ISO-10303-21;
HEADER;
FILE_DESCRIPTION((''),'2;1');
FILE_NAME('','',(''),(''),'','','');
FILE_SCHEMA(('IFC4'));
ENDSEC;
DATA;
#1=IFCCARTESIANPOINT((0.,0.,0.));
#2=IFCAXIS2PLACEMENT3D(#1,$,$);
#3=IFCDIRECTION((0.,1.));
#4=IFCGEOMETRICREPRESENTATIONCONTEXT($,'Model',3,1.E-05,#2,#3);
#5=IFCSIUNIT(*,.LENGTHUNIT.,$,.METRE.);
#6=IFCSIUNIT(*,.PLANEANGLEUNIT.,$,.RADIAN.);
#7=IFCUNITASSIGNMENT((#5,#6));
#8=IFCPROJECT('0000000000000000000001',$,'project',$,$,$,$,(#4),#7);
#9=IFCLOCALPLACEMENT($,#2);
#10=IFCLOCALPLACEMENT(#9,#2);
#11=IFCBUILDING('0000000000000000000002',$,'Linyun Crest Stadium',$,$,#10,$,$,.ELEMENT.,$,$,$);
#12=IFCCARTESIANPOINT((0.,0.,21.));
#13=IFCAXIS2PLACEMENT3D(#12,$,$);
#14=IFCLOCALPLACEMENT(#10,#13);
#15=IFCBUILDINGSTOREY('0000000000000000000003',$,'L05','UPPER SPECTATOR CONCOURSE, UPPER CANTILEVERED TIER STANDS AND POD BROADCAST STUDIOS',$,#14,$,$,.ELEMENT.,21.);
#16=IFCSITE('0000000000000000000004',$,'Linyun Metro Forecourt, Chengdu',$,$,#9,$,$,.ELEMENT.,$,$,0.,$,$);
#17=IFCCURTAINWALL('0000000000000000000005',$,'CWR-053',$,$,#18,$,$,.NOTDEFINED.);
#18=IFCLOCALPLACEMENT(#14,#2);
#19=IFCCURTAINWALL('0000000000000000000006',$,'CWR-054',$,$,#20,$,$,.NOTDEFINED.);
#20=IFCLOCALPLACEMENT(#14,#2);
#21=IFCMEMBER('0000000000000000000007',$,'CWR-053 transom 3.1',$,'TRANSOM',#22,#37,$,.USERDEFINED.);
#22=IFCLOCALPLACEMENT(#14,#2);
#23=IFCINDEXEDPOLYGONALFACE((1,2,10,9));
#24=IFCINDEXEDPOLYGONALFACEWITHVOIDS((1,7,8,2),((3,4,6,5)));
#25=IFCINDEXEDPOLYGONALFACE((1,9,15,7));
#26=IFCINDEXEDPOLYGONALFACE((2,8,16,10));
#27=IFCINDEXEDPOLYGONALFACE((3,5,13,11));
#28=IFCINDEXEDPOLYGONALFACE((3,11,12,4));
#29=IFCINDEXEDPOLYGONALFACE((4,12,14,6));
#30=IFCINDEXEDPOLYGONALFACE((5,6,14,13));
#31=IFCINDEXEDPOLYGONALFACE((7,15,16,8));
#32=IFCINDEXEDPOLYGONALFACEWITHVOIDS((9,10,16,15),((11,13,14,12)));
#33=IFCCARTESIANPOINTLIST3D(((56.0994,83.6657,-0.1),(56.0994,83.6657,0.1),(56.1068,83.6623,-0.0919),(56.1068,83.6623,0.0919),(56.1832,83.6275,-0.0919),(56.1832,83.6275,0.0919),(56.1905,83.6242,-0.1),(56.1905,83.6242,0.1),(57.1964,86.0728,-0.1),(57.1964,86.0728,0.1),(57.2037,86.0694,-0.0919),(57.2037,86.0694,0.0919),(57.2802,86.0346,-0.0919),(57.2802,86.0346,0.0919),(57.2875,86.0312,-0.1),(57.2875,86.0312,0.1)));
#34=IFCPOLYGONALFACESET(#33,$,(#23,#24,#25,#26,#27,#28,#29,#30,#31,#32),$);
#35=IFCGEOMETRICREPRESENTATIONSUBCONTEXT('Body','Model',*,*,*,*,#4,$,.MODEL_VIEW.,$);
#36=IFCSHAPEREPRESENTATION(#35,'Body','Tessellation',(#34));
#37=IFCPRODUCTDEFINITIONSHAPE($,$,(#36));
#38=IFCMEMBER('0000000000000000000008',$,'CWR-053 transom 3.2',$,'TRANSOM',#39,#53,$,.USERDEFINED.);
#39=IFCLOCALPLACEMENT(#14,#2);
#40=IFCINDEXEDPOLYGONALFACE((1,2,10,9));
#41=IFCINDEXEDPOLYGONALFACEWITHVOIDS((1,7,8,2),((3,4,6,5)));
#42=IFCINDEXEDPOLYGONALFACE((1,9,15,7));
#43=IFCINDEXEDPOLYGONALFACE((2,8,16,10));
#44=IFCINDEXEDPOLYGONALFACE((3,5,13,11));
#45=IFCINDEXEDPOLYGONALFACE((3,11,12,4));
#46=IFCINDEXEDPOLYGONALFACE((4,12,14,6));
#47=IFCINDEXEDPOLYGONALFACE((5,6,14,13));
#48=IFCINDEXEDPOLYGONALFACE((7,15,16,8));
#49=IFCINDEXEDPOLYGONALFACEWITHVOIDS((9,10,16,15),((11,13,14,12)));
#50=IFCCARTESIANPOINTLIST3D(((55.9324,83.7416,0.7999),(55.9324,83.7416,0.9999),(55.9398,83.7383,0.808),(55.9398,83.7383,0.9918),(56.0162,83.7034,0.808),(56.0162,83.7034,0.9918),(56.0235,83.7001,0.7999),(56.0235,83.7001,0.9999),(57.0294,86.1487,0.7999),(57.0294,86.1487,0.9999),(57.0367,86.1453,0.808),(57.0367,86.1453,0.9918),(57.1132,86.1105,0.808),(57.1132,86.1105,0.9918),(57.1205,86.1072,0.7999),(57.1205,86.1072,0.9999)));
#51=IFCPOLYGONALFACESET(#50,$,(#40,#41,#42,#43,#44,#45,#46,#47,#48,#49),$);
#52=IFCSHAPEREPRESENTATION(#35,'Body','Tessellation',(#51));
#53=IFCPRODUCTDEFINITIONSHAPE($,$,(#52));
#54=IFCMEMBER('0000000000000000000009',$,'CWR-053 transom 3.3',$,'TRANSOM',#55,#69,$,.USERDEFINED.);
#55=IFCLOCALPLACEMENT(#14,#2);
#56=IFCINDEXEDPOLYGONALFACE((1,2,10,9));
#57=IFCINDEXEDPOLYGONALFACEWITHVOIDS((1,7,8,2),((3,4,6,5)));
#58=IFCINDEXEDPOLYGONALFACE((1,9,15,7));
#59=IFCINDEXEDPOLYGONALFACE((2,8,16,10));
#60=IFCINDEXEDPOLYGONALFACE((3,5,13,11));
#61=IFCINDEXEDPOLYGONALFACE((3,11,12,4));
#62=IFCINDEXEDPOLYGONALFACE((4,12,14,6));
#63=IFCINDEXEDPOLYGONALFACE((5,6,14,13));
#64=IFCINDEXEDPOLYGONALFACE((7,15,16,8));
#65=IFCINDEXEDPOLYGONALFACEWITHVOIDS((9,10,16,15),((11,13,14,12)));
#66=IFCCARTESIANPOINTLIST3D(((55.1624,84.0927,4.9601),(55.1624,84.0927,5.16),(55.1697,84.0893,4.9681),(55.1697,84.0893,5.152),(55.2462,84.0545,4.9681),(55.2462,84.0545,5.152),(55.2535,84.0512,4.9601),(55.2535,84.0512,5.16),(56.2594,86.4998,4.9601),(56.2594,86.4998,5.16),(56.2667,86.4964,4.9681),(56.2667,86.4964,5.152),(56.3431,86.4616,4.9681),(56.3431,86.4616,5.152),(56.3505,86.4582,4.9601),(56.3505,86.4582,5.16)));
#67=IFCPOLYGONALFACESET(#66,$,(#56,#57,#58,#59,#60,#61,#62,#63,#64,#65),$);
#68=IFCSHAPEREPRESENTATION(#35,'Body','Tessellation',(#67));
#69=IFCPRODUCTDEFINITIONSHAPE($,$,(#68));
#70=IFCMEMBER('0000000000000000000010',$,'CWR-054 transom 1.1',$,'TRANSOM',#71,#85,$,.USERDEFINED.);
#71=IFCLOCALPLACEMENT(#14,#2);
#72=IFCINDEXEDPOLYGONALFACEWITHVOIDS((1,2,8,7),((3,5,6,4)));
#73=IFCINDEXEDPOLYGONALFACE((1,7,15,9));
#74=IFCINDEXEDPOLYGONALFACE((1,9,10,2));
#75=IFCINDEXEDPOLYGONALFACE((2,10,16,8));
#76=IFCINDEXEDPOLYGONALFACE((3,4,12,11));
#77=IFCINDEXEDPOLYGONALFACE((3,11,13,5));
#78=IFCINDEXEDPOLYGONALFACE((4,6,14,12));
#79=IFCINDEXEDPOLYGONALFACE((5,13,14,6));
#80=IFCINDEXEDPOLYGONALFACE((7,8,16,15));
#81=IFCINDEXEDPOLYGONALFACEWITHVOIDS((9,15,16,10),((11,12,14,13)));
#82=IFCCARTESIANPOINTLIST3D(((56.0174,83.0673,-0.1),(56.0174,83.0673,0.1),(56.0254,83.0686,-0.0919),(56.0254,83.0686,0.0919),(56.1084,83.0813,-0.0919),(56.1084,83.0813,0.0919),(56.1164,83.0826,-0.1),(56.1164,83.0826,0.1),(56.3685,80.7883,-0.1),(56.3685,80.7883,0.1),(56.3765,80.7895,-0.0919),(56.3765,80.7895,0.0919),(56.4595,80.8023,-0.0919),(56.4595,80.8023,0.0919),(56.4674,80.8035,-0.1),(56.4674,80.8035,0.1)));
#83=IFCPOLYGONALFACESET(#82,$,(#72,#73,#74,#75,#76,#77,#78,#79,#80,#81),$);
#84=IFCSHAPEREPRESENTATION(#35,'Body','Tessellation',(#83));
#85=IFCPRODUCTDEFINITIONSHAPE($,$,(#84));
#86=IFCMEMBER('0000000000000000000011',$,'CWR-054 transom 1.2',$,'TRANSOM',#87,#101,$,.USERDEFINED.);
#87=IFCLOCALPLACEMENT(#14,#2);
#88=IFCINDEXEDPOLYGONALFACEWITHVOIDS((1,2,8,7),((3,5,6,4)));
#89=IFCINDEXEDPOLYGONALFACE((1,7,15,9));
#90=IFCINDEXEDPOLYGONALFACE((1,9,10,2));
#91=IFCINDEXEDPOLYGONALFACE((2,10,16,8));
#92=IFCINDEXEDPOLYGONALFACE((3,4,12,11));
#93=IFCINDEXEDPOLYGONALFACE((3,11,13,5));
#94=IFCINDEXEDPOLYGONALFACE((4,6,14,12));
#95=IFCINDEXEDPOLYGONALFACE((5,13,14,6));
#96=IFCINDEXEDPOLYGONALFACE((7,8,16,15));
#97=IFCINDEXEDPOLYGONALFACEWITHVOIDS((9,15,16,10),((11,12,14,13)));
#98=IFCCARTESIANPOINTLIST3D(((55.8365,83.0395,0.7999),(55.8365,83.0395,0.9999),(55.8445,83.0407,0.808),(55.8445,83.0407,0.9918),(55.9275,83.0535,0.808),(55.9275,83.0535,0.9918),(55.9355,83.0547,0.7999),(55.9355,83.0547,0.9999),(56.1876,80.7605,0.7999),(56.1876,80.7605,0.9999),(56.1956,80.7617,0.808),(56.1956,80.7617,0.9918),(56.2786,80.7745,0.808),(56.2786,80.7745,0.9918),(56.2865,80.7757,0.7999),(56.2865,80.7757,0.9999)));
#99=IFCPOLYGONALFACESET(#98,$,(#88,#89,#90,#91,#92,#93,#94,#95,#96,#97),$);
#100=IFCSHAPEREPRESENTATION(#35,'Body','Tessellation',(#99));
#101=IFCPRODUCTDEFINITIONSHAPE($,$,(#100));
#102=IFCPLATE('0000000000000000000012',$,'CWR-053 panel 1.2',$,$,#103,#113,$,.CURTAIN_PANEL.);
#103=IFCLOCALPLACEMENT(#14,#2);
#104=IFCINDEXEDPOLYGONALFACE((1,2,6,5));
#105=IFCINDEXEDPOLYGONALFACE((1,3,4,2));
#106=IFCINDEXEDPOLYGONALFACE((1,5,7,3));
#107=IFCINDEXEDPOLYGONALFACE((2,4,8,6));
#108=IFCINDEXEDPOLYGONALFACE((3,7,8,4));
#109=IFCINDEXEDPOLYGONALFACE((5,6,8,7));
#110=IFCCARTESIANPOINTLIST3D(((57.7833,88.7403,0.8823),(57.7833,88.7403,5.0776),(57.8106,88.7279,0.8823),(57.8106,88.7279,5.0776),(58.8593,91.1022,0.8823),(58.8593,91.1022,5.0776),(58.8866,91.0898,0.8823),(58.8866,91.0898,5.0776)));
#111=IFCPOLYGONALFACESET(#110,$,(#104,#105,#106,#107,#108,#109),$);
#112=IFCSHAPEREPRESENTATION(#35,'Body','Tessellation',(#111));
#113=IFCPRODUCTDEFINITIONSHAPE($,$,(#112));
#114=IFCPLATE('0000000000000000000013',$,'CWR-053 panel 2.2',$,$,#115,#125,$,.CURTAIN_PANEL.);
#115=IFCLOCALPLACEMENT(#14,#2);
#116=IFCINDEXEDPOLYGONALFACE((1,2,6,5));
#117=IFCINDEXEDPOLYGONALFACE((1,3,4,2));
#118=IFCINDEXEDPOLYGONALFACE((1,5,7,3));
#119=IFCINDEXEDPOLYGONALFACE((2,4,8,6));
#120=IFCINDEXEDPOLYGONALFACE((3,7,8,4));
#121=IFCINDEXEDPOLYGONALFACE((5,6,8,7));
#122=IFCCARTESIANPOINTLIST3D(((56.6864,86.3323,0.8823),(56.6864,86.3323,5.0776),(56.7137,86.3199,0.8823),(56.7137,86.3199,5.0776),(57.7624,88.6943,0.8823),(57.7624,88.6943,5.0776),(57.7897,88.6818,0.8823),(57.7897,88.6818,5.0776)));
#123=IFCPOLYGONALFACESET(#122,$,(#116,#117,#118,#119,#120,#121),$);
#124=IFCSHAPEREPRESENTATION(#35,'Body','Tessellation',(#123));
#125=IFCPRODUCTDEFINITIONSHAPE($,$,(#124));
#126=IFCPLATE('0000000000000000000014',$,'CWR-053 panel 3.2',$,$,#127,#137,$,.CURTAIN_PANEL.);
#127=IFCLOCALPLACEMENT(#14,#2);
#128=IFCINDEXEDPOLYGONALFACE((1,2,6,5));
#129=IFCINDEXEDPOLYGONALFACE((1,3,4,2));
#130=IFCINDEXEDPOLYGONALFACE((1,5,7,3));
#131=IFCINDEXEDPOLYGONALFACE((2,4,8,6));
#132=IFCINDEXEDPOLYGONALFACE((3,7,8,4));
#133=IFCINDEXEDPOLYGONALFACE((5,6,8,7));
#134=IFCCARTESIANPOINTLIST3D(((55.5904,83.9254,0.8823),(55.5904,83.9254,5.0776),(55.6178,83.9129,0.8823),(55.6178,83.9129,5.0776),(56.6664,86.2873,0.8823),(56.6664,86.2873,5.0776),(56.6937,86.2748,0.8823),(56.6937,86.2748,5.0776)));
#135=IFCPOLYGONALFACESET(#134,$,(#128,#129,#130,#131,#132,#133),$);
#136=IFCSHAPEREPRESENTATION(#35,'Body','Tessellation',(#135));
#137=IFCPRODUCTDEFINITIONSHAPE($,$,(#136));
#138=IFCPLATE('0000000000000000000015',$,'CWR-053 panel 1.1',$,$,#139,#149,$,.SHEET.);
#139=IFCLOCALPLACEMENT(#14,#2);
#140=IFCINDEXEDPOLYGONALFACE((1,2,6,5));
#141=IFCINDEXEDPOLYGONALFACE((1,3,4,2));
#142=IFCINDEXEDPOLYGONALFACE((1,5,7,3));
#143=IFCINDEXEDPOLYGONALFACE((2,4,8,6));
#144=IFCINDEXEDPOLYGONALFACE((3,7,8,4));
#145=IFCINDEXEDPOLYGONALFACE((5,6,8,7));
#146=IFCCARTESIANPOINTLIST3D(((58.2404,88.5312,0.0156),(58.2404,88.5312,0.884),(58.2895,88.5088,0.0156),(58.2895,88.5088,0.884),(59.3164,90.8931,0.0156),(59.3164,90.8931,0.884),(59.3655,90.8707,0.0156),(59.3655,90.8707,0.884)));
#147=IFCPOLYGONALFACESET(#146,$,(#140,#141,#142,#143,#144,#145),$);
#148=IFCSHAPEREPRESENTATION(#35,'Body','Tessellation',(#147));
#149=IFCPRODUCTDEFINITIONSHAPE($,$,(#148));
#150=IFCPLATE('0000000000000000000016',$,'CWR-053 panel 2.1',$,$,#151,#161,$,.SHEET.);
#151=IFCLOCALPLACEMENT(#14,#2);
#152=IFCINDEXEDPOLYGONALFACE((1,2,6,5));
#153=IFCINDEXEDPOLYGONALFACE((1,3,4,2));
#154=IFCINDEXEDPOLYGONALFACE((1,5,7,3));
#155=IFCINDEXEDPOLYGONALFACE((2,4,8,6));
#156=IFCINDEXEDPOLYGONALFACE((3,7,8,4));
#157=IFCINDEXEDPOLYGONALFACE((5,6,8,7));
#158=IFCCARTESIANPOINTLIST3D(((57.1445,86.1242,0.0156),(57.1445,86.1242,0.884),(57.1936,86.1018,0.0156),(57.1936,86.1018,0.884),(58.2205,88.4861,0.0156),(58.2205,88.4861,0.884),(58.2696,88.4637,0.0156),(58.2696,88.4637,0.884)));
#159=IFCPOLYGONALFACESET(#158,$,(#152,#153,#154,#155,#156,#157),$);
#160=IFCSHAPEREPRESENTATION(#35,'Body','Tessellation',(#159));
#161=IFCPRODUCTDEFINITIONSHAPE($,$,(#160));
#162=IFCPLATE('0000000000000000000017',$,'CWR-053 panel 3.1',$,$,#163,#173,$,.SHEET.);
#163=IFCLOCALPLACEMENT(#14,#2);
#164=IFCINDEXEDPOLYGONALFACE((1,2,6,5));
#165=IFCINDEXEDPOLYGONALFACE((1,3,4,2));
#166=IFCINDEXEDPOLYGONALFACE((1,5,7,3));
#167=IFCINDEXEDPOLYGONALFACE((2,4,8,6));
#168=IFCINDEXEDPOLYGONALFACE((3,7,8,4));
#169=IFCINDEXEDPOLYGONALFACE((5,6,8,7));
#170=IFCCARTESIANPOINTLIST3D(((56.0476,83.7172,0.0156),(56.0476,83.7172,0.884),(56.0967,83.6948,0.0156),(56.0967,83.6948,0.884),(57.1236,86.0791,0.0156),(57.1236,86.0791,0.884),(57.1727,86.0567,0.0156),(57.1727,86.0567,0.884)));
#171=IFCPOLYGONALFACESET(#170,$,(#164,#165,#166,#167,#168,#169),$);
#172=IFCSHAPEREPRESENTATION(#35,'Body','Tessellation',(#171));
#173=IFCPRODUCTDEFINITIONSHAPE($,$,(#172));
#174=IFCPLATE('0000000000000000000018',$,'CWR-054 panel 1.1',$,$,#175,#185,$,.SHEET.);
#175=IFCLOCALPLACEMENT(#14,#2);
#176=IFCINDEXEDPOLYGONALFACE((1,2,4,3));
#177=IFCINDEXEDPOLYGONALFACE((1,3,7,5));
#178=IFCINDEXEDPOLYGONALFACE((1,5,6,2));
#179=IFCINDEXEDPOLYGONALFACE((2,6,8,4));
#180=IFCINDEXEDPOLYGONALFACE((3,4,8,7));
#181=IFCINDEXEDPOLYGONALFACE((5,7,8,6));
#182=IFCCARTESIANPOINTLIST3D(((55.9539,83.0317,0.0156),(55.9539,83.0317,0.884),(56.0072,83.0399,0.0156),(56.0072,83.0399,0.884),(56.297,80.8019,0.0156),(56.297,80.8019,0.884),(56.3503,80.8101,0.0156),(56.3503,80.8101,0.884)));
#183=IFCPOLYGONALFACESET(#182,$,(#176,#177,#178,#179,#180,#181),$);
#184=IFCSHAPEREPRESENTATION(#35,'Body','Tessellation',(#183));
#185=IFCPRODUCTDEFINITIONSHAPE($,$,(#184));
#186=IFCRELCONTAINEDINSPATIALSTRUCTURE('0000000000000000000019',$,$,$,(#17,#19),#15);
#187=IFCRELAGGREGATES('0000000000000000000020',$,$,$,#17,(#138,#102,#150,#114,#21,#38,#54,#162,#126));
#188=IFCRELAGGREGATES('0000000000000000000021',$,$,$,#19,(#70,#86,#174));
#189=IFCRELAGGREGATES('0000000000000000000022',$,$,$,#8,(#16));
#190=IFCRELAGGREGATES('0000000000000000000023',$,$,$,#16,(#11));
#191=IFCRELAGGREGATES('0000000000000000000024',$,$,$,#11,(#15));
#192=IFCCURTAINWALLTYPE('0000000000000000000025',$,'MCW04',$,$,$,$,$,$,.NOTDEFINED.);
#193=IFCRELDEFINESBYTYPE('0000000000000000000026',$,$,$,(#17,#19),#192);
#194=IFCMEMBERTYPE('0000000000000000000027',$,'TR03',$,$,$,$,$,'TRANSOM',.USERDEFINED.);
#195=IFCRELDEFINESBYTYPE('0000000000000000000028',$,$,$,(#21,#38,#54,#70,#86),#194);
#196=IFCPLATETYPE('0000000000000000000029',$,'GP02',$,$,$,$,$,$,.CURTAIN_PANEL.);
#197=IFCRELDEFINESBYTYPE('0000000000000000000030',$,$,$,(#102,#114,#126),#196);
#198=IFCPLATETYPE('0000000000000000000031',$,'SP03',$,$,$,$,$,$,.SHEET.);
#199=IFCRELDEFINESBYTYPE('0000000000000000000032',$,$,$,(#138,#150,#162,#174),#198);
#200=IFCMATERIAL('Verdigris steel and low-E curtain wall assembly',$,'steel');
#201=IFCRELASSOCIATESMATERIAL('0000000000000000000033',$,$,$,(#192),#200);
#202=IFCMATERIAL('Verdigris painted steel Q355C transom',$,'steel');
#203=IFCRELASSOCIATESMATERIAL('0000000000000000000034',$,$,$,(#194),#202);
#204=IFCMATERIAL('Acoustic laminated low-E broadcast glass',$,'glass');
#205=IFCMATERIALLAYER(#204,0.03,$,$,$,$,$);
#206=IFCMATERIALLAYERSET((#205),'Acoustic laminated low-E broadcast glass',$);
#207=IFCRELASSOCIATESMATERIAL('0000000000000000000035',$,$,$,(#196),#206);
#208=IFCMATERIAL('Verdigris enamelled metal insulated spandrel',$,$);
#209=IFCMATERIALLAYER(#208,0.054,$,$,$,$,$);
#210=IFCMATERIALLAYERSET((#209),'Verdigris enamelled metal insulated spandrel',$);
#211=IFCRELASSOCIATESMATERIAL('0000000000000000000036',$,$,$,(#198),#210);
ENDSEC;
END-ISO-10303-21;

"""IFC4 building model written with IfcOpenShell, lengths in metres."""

from ifc_helpers import new_model, si_unit, direction, frame, origin, origin_2d, place, context, subcontext, project, spatial, rectangle, hollow_rectangle, extrude, material, layer, layer_set, material_profile, profile_set, type_object, element, aggregate, save


model = new_model("IFC4")

# Units and contexts
model_context = context("Model", 3, precision=1e-05, world=origin(), true_north=direction((0.0, 1.0)))
body_context = subcontext(model_context, "Body", "Model", "MODEL_VIEW")
ifc_project = project(units=[si_unit("LENGTHUNIT", "METRE"), si_unit("PLANEANGLEUNIT", "RADIAN")], contexts=[model_context])

# Site, building, storey
site_placement = place(None, origin())
site = spatial("IfcSite", under=ifc_project, at=site_placement, Name="Linyun Metro Forecourt, Chengdu", CompositionType="ELEMENT", RefElevation=0.0)
building_placement = place(site_placement, origin())
building = spatial("IfcBuilding", under=site, at=building_placement, Name="Linyun Crest Stadium", CompositionType="ELEMENT")
storey_placement = place(building_placement, frame((0.0, 0.0, 21.0)))
storey = spatial("IfcBuildingStorey", under=building, at=storey_placement, Name="L05", Description="UPPER SPECTATOR CONCOURSE, UPPER CANTILEVERED TIER STANDS AND POD BROADCAST STUDIOS", CompositionType="ELEMENT", Elevation=21.0)

# Curtain wall
ifc_material_1 = material(Name="Verdigris steel and low-E curtain wall assembly", Category="steel")
curtain_wall_type = type_object("IfcCurtainWallType", Name="MCW04", PredefinedType="NOTDEFINED", material=ifc_material_1)
curtain_wall_1_placement = place(storey_placement, origin())
curtain_wall_1 = element("IfcCurtainWall", 1, at=curtain_wall_1_placement, inside=storey, type_object=curtain_wall_type, Name="CWR-053", PredefinedType="NOTDEFINED")

# Curtain wall
curtain_wall_2_placement = place(storey_placement, origin())
curtain_wall_2 = element("IfcCurtainWall", 2, at=curtain_wall_2_placement, inside=storey, type_object=curtain_wall_type, Name="CWR-054", PredefinedType="NOTDEFINED")

# Members
ifc_material_2 = material(Name="Verdigris painted steel Q355C transom", Category="steel")
ifc_material_profile_1 = material_profile(ifc_material_2, hollow_rectangle(XDim=0.1001, YDim=0.2, WallThickness=0.0081, at=origin_2d()), Name="RHS 200x100x8")
ifc_profile_set_1 = profile_set([ifc_material_profile_1], Name="Verdigris painted steel Q355C transom")
member_type_1 = type_object("IfcMemberType", Name="TR03", ElementType="TRANSOM", PredefinedType="USERDEFINED", material=ifc_profile_set_1)
member_1_placement = place(storey_placement, frame((57.2419, 86.052, 0.0), z_axis=(-0.414693, -0.909961, 0.0), x_axis=(0.909961, -0.414693, 0.0)))
member_1 = element("IfcMember", 3, at=member_1_placement, type_object=member_type_1, Name="CWR-053 transom 3.1", ObjectType="TRANSOM", PredefinedType="USERDEFINED", context=body_context, shape_type="SweptSolid", body=[
    extrude(hollow_rectangle(XDim=0.1001, YDim=0.2, WallThickness=0.0081, at=origin_2d()), origin(), (0.0, 0.0, 1.0), 2.6453),
])
member_2_placement = place(storey_placement, frame((57.075, 86.1279, 0.8999), z_axis=(-0.414693, -0.909961, 0.0), x_axis=(0.909961, -0.414693, 0.0)))
member_2 = element("IfcMember", 4, at=member_2_placement, type_object=member_type_1, Name="CWR-053 transom 3.2", ObjectType="TRANSOM", PredefinedType="USERDEFINED", context=body_context, shape_type="SweptSolid", body=[
    extrude(hollow_rectangle(XDim=0.1001, YDim=0.2, WallThickness=0.0081, at=origin_2d()), origin(), (0.0, 0.0, 1.0), 2.6453),
])
member_3_placement = place(storey_placement, frame((56.3049, 86.479, 5.0601), z_axis=(-0.414693, -0.909961, 0.0), x_axis=(0.909961, -0.414693, 0.0)))
member_3 = element("IfcMember", 5, at=member_3_placement, type_object=member_type_1, Name="CWR-053 transom 3.3", ObjectType="TRANSOM", PredefinedType="USERDEFINED", context=body_context, shape_type="SweptSolid", body=[
    extrude(hollow_rectangle(XDim=0.1001, YDim=0.2, WallThickness=0.0081, at=origin_2d()), origin(), (0.0, 0.0, 1.0), 2.6453),
])
member_4_placement = place(storey_placement, frame((56.0669, 83.075, 0.0), z_axis=(0.152248, -0.988342, 0.0), x_axis=(0.988342, 0.152248, 0.0)))
member_4 = element("IfcMember", 6, at=member_4_placement, type_object=member_type_1, Name="CWR-054 transom 1.1", ObjectType="TRANSOM", PredefinedType="USERDEFINED", context=body_context, shape_type="SweptSolid", body=[
    extrude(hollow_rectangle(XDim=0.1001, YDim=0.2, WallThickness=0.0081, at=origin_2d()), origin(), (0.0, 0.0, 1.0), 2.3059),
])
member_5_placement = place(storey_placement, frame((55.886, 83.0471, 0.8999), z_axis=(0.152248, -0.988342, 0.0), x_axis=(0.988342, 0.152248, 0.0)))
member_5 = element("IfcMember", 7, at=member_5_placement, type_object=member_type_1, Name="CWR-054 transom 1.2", ObjectType="TRANSOM", PredefinedType="USERDEFINED", context=body_context, shape_type="SweptSolid", body=[
    extrude(hollow_rectangle(XDim=0.1001, YDim=0.2, WallThickness=0.0081, at=origin_2d()), origin(), (0.0, 0.0, 1.0), 2.3059),
])

# Plates
ifc_material_3 = material(Name="Acoustic laminated low-E broadcast glass", Category="glass")
ifc_layer_1 = layer(ifc_material_3, 0.03)
ifc_layer_set_1 = layer_set([ifc_layer_1], Name="Acoustic laminated low-E broadcast glass")
plate_type_1 = type_object("IfcPlateType", Name="GP02", PredefinedType="CURTAIN_PANEL", material=ifc_layer_set_1)
plate_1_placement = place(storey_placement, frame((58.335, 89.915, 0.8823), z_axis=(0.0, 0.0, 1.0), x_axis=(-0.414566, -0.910019, 0.0)))
plate_1 = element("IfcPlate", 8, at=plate_1_placement, type_object=plate_type_1, Name="CWR-053 panel 1.2", PredefinedType="CURTAIN_PANEL", context=body_context, shape_type="SweptSolid", body=[
    extrude(rectangle(XDim=2.5955, YDim=0.03, at=origin_2d()), origin(), (0.0, 0.0, 1.0), 4.1953),
])
plate_2_placement = place(storey_placement, frame((57.238, 87.5071, 0.8823), z_axis=(0.0, 0.0, 1.0), x_axis=(-0.414566, -0.910019, 0.0)))
plate_2 = element("IfcPlate", 9, at=plate_2_placement, type_object=plate_type_1, Name="CWR-053 panel 2.2", PredefinedType="CURTAIN_PANEL", context=body_context, shape_type="SweptSolid", body=[
    extrude(rectangle(XDim=2.5955, YDim=0.03, at=origin_2d()), origin(), (0.0, 0.0, 1.0), 4.1953),
])
plate_3_placement = place(storey_placement, frame((56.1421, 85.1001, 0.8823), z_axis=(0.0, 0.0, 1.0), x_axis=(-0.414566, -0.910019, 0.0)))
plate_3 = element("IfcPlate", 10, at=plate_3_placement, type_object=plate_type_1, Name="CWR-053 panel 3.2", PredefinedType="CURTAIN_PANEL", context=body_context, shape_type="SweptSolid", body=[
    extrude(rectangle(XDim=2.5955, YDim=0.03, at=origin_2d()), origin(), (0.0, 0.0, 1.0), 4.1953),
])
ifc_material_4 = material(Name="Verdigris enamelled metal insulated spandrel")
ifc_layer_2 = layer(ifc_material_4, 0.054)
ifc_layer_set_2 = layer_set([ifc_layer_2], Name="Verdigris enamelled metal insulated spandrel")
plate_type_2 = type_object("IfcPlateType", Name="SP03", PredefinedType="SHEET", material=ifc_layer_set_2)
plate_4_placement = place(storey_placement, frame((58.803, 89.7009, 0.0156), z_axis=(0.0, 0.0, 1.0), x_axis=(-0.414566, -0.910019, 0.0)))
plate_4 = element("IfcPlate", 11, at=plate_4_placement, type_object=plate_type_2, Name="CWR-053 panel 1.1", PredefinedType="SHEET", context=body_context, shape_type="SweptSolid", body=[
    extrude(rectangle(XDim=2.5955, YDim=0.054, at=origin_2d()), origin(), (0.0, 0.0, 1.0), 0.8684),
])
plate_5_placement = place(storey_placement, frame((57.707, 87.2939, 0.0156), z_axis=(0.0, 0.0, 1.0), x_axis=(-0.414566, -0.910019, 0.0)))
plate_5 = element("IfcPlate", 12, at=plate_5_placement, type_object=plate_type_2, Name="CWR-053 panel 2.1", PredefinedType="SHEET", context=body_context, shape_type="SweptSolid", body=[
    extrude(rectangle(XDim=2.5955, YDim=0.054, at=origin_2d()), origin(), (0.0, 0.0, 1.0), 0.8684),
])
plate_6_placement = place(storey_placement, frame((56.6101, 84.887, 0.0156), z_axis=(0.0, 0.0, 1.0), x_axis=(-0.414566, -0.910019, 0.0)))
plate_6 = element("IfcPlate", 13, at=plate_6_placement, type_object=plate_type_2, Name="CWR-053 panel 3.1", PredefinedType="SHEET", context=body_context, shape_type="SweptSolid", body=[
    extrude(rectangle(XDim=2.5955, YDim=0.054, at=origin_2d()), origin(), (0.0, 0.0, 1.0), 0.8684),
])
aggregate(curtain_wall_1, [plate_4, plate_1, plate_5, plate_2, member_1, member_2, member_3, plate_6, plate_3])
plate_7_placement = place(storey_placement, frame((56.1521, 81.9209, 0.0156), z_axis=(0.0, 0.0, 1.0), x_axis=(0.152054, -0.988372, 0.0)))
plate_7 = element("IfcPlate", 14, at=plate_7_placement, type_object=plate_type_2, Name="CWR-054 panel 1.1", PredefinedType="SHEET", context=body_context, shape_type="SweptSolid", body=[
    extrude(rectangle(XDim=2.2561, YDim=0.054, at=origin_2d()), origin(), (0.0, 0.0, 1.0), 0.8684),
])
aggregate(curtain_wall_2, [member_4, member_5, plate_7])

save(model, "model.ifc")
